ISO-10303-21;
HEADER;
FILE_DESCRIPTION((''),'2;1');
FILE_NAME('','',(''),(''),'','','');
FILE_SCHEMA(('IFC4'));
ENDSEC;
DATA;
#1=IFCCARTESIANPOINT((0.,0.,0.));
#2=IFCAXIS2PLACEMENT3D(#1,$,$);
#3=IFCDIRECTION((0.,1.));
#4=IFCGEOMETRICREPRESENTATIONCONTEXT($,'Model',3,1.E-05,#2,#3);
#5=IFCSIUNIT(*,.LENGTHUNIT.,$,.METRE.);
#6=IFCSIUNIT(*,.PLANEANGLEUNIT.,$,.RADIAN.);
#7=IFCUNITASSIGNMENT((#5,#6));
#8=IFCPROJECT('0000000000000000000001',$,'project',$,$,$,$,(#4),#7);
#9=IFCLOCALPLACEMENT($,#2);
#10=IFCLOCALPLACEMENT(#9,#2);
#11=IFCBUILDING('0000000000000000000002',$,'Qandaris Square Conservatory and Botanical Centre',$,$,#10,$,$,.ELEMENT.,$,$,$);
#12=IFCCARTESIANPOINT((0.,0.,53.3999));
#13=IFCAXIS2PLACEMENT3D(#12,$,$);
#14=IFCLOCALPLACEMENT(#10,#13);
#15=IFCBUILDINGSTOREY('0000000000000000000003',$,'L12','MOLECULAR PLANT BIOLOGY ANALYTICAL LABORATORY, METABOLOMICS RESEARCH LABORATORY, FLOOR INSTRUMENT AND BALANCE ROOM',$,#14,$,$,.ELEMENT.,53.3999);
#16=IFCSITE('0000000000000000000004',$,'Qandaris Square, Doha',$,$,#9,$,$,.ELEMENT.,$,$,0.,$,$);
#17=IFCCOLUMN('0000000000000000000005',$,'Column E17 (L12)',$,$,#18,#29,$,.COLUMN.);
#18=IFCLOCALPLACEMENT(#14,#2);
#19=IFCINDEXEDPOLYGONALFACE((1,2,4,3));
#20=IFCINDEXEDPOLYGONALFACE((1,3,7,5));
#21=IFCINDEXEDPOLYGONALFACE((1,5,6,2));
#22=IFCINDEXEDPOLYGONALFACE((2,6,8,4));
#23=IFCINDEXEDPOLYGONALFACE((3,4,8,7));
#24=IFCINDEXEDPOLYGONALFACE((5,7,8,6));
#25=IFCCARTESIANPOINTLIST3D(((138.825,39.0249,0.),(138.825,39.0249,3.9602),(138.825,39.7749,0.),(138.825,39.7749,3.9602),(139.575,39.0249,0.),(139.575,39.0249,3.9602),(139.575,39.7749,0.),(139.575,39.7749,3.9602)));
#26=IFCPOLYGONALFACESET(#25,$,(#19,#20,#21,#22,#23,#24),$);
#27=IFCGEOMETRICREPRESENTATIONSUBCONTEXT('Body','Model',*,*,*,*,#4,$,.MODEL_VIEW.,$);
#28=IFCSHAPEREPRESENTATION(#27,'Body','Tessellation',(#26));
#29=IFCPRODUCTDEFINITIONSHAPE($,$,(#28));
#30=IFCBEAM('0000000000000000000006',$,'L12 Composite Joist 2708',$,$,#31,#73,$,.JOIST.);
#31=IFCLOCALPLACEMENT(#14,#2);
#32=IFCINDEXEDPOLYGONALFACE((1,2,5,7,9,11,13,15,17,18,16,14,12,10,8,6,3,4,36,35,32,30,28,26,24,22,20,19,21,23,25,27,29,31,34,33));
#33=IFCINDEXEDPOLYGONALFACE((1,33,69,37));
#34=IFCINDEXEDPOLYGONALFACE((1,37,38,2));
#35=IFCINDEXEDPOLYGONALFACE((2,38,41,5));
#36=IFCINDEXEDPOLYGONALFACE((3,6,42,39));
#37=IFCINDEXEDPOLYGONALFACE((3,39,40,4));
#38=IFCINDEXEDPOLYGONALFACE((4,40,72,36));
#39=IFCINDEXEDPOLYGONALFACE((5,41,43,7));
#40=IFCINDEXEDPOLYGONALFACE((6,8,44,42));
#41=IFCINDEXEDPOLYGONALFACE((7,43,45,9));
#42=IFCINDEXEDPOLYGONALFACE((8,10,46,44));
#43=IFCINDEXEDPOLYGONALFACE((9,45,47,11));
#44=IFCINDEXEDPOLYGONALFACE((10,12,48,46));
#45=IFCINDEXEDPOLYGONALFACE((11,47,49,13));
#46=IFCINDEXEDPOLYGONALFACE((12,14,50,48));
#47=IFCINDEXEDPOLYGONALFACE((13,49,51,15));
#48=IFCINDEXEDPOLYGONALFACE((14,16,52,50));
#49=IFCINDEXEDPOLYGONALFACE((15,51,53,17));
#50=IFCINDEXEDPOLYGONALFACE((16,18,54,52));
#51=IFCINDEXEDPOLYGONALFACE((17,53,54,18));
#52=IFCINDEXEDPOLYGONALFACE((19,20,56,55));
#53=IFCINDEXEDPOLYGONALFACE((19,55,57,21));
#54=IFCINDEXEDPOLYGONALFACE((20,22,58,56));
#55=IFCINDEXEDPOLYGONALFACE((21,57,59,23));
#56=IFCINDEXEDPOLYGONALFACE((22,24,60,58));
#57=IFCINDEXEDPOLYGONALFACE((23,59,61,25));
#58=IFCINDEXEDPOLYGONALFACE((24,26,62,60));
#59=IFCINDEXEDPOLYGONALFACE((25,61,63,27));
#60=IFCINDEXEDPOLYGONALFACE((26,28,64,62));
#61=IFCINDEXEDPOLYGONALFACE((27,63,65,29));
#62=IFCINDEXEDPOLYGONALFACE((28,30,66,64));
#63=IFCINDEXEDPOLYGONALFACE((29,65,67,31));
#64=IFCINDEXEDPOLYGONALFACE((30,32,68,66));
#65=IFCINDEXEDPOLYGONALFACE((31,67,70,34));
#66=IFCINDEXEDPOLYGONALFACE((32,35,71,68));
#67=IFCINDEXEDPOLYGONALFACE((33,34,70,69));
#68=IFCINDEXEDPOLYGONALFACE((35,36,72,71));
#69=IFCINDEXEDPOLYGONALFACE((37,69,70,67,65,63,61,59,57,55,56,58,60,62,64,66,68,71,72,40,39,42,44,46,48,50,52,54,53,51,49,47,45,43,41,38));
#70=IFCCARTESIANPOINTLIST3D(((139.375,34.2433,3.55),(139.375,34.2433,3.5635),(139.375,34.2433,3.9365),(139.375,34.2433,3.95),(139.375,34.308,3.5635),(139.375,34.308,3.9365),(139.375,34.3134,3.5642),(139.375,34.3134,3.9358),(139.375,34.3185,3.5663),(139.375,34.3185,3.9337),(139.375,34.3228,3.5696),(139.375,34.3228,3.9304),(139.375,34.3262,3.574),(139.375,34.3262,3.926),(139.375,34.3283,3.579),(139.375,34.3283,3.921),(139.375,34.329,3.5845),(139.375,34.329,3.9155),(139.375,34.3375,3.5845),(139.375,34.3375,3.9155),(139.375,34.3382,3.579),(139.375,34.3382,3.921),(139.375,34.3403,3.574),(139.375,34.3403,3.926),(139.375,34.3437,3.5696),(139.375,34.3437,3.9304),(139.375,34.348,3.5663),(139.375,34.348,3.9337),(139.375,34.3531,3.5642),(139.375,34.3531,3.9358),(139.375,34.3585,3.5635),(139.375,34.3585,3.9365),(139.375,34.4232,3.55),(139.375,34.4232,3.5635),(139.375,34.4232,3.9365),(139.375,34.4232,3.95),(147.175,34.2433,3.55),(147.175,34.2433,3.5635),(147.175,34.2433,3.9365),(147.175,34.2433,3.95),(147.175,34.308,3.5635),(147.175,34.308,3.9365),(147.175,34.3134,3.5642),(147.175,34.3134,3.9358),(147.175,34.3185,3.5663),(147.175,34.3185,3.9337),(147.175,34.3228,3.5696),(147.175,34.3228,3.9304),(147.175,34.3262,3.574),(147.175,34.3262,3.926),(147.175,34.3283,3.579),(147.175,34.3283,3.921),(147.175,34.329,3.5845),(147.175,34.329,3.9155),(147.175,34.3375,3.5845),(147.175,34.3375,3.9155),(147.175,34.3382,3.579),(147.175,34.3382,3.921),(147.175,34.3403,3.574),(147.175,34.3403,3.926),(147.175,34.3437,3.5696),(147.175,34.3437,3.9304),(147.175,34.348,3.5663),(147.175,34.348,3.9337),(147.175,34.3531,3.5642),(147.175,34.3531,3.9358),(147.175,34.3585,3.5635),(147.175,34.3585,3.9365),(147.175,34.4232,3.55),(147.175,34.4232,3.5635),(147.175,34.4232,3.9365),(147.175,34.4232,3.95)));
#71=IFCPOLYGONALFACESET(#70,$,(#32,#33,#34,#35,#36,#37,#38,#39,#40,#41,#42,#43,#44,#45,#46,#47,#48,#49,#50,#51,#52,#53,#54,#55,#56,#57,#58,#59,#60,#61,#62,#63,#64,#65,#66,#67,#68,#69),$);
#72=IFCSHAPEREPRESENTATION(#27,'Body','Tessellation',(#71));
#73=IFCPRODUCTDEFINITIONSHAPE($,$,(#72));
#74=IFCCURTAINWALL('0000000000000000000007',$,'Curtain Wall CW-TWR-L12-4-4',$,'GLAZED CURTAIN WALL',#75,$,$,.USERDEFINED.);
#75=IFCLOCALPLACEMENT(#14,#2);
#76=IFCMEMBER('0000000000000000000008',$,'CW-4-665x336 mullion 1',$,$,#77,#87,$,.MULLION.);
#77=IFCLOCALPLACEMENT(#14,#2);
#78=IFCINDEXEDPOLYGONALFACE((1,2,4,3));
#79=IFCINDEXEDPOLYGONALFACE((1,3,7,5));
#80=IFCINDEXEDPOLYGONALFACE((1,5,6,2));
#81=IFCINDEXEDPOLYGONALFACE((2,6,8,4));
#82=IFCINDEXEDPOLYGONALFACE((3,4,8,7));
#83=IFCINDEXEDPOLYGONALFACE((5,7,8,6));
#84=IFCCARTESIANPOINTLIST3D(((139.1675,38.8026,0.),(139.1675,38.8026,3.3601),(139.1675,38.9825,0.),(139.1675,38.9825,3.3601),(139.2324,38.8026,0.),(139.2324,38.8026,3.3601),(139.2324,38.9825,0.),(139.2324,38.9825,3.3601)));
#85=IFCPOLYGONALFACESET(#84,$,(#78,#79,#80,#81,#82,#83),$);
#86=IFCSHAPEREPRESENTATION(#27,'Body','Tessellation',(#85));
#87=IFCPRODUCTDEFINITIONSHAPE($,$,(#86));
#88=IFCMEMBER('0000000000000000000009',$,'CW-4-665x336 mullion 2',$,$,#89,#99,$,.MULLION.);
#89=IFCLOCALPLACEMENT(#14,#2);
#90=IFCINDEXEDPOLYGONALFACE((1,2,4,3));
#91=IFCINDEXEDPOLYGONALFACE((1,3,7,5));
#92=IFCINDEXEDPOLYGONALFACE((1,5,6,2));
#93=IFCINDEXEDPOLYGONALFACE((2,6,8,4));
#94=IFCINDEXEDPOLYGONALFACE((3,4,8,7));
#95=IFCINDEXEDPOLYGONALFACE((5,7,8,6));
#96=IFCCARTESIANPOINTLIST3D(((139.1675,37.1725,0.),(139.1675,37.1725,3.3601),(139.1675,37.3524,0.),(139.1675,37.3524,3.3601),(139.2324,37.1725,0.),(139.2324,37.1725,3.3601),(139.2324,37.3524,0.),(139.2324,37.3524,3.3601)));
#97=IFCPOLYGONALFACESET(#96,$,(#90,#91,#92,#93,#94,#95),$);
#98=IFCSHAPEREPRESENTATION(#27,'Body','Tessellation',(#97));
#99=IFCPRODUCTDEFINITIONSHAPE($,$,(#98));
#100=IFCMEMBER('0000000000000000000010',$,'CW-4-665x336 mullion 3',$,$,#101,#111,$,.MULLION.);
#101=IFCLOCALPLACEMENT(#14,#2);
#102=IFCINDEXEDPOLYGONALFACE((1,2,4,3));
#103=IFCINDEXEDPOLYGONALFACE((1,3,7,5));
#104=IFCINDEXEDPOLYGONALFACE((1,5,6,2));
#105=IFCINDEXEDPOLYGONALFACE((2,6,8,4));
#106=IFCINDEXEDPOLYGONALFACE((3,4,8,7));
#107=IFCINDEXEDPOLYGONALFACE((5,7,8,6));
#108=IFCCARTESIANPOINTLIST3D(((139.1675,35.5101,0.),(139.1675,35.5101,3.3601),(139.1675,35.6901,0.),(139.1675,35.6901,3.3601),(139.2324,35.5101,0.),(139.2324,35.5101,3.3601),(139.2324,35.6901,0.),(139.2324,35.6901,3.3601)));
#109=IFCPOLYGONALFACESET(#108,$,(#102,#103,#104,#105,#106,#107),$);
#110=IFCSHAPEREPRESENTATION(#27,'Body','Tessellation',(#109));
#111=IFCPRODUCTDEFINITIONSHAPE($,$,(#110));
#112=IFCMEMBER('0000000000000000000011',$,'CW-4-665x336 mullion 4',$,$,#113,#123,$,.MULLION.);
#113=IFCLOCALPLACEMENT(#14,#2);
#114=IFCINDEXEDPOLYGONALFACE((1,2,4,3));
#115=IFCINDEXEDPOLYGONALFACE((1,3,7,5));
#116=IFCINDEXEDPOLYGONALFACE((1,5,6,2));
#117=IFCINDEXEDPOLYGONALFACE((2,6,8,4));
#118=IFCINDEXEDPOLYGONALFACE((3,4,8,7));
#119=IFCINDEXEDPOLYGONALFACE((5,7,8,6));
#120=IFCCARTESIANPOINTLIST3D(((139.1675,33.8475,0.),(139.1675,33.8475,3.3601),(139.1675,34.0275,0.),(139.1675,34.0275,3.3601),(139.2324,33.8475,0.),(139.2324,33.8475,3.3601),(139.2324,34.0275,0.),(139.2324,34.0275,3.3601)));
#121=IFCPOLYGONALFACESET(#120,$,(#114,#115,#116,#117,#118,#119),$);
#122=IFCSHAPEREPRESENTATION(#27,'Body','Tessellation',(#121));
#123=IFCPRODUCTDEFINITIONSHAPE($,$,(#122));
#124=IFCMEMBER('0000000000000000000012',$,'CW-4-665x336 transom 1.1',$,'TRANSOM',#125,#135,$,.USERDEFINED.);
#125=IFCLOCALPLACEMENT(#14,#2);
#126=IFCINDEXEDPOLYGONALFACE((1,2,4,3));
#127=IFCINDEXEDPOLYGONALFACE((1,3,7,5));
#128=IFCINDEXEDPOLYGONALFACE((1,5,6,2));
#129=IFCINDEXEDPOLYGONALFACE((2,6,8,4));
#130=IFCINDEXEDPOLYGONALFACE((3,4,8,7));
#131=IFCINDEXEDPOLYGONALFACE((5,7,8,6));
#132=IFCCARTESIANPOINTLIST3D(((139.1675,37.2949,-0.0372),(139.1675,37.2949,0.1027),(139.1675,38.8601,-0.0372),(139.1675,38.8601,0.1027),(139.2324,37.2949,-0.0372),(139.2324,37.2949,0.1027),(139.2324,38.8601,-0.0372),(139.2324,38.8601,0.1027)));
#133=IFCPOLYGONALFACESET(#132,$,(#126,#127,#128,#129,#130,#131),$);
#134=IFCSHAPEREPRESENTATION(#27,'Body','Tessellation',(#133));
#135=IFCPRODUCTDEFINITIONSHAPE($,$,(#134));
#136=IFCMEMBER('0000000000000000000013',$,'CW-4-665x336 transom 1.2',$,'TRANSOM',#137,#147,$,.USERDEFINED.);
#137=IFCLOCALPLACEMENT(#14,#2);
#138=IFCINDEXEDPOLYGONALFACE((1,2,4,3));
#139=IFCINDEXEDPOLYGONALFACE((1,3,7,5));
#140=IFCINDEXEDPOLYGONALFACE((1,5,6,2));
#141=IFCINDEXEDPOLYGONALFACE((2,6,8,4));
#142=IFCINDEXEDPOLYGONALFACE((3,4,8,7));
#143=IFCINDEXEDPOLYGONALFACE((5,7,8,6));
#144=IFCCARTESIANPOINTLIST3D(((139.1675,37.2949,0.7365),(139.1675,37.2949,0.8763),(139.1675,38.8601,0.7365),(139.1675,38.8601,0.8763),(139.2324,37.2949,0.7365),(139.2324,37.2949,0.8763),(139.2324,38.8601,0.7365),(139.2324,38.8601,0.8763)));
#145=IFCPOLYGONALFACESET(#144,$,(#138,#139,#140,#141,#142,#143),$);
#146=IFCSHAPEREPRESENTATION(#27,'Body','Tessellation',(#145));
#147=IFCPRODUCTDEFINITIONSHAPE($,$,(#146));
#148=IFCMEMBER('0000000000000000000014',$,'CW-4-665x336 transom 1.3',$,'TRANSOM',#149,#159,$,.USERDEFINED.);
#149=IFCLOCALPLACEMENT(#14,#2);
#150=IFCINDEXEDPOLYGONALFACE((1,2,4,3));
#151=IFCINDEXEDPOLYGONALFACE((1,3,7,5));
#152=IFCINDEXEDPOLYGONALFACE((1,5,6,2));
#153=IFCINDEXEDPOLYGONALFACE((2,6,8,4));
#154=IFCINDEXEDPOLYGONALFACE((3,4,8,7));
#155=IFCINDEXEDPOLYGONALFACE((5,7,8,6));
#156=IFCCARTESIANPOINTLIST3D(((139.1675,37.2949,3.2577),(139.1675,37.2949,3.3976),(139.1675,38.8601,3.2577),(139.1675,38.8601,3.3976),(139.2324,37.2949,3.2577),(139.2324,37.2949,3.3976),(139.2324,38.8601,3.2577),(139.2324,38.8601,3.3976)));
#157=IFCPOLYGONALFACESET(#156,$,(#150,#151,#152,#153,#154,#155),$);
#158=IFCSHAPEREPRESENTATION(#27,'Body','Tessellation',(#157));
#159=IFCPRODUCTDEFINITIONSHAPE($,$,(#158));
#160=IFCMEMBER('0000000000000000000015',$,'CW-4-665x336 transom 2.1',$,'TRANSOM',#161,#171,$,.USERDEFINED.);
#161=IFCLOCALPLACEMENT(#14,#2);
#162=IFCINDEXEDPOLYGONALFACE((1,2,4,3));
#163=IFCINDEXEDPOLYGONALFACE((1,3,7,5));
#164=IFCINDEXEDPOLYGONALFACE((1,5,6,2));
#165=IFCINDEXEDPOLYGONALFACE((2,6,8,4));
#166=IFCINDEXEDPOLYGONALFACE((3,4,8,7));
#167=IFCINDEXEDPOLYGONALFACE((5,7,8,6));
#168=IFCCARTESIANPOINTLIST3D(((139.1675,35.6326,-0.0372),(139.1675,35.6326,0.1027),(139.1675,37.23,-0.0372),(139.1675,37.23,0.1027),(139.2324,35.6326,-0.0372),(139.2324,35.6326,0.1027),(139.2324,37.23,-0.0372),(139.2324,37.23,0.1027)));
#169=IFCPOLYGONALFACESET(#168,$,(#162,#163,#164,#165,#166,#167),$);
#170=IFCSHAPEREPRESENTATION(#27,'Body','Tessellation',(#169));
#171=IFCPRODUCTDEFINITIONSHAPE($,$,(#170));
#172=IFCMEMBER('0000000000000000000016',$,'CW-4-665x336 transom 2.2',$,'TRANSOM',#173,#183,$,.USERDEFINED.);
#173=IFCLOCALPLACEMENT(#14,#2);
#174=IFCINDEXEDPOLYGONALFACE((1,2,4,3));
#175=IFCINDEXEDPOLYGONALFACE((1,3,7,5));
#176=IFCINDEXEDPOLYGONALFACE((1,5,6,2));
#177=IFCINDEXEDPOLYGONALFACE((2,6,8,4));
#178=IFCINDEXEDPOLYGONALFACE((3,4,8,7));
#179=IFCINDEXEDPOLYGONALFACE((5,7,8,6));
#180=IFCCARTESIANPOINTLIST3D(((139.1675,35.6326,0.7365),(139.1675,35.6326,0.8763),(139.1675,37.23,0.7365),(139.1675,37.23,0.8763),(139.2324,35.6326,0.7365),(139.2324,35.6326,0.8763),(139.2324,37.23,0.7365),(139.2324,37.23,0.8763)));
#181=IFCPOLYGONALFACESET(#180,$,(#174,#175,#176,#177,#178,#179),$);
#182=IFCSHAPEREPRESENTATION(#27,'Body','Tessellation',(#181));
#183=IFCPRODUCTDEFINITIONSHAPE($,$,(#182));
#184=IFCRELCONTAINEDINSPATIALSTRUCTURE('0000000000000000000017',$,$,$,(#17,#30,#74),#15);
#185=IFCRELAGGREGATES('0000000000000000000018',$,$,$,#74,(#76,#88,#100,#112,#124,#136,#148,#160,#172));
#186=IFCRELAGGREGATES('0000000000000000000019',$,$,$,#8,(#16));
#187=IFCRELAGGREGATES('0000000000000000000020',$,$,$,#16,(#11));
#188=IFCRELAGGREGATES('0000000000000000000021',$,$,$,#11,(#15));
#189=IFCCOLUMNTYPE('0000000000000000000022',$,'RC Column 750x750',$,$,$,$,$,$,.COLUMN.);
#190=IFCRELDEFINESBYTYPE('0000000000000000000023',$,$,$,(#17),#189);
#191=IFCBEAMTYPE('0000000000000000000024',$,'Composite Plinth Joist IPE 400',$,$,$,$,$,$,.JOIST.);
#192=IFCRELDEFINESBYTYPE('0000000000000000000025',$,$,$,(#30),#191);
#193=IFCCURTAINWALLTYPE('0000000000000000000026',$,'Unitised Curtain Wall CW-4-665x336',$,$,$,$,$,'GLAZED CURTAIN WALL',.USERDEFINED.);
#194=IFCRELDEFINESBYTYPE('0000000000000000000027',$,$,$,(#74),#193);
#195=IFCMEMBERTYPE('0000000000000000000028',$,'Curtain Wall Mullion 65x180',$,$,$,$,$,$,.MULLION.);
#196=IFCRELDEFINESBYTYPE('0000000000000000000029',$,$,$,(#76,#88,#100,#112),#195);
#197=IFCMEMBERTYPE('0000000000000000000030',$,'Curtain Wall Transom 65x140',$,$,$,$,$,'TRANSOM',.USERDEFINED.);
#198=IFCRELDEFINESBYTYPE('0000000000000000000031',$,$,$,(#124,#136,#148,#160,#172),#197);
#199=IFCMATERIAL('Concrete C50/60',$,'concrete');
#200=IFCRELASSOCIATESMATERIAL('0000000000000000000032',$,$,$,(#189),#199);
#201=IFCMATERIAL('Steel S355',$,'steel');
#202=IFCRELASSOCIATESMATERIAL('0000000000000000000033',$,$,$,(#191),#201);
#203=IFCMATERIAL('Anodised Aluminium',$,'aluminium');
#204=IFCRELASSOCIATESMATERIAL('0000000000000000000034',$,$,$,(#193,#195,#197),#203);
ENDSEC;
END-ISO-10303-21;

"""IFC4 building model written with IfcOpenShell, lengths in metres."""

from ifc_helpers import new_model, si_unit, direction, frame, origin, origin_2d, place, context, subcontext, project, spatial, rectangle, i_section, extrude, material, material_profile, profile_set, type_object, element, aggregate, save


model = new_model("IFC4")

# Units and contexts
model_context = context("Model", 3, precision=1e-05, world=origin(), true_north=direction((0.0, 1.0)))
body_context = subcontext(model_context, "Body", "Model", "MODEL_VIEW")
ifc_project = project(units=[si_unit("LENGTHUNIT", "METRE"), si_unit("PLANEANGLEUNIT", "RADIAN")], contexts=[model_context])

# Site, building, storey
site_placement = place(None, origin())
site = spatial("IfcSite", under=ifc_project, at=site_placement, Name="Qandaris Square, Doha", CompositionType="ELEMENT", RefElevation=0.0)
building_placement = place(site_placement, origin())
building = spatial("IfcBuilding", under=site, at=building_placement, Name="Qandaris Square Conservatory and Botanical Centre", CompositionType="ELEMENT")
storey_placement = place(building_placement, frame((0.0, 0.0, 53.3999)))
storey = spatial("IfcBuildingStorey", under=building, at=storey_placement, Name="L12", Description="MOLECULAR PLANT BIOLOGY ANALYTICAL LABORATORY, METABOLOMICS RESEARCH LABORATORY, FLOOR INSTRUMENT AND BALANCE ROOM", CompositionType="ELEMENT", Elevation=53.3999)

# Column
ifc_material_1 = material(Name="Concrete C50/60", Category="concrete")
ifc_material_profile_1 = material_profile(ifc_material_1, rectangle(XDim=0.75, YDim=0.75, at=origin_2d()), Name="RC-COL 750x750")
ifc_profile_set_1 = profile_set([ifc_material_profile_1], Name="Concrete C50/60")
column_type = type_object("IfcColumnType", Name="RC Column 750x750", PredefinedType="COLUMN", material=ifc_profile_set_1)
column_placement = place(storey_placement, frame((139.2, 39.3999, 0.0), z_axis=(0.0, 0.0, 1.0), x_axis=(1.0, 0.0, 0.0)))
element("IfcColumn", 1, at=column_placement, inside=storey, type_object=column_type, Name="Column E17 (L12)", PredefinedType="COLUMN", context=body_context, shape_type="SweptSolid", body=[
    extrude(rectangle(XDim=0.75, YDim=0.75, at=origin_2d()), origin(), (0.0, 0.0, 1.0), 3.9602),
])

# Beam
ifc_material_2 = material(Name="Steel S355", Category="steel")
ifc_material_profile_2 = material_profile(ifc_material_2, i_section(OverallWidth=0.1799, OverallDepth=0.3999, WebThickness=0.0085, FlangeThickness=0.0134, FilletRadius=0.021, at=origin_2d()), Name="IPE 400")
ifc_profile_set_2 = profile_set([ifc_material_profile_2], Name="Steel S355")
beam_type_1 = type_object("IfcBeamType", Name="Composite Plinth Joist IPE 400", PredefinedType="JOIST", material=ifc_profile_set_2)
beam_1_placement = place(storey_placement, frame((139.375, 34.3333, 3.75), z_axis=(1.0, 0.0, 0.0), x_axis=(0.0, 1.0, 0.0)))
element("IfcBeam", 2, at=beam_1_placement, inside=storey, type_object=beam_type_1, Name="L12 Composite Joist 2708", PredefinedType="JOIST", context=body_context, shape_type="SweptSolid", body=[
    extrude(i_section(OverallWidth=0.1799, OverallDepth=0.3999, WebThickness=0.0085, FlangeThickness=0.0134, FilletRadius=0.021, at=origin_2d()), origin(), (0.0, 0.0, 1.0), 7.8),
])

# Curtain wall, members
ifc_material_3 = material(Name="Anodised Aluminium", Category="aluminium")
curtain_wall_type = type_object("IfcCurtainWallType", Name="Unitised Curtain Wall CW-4-665x336", ElementType="GLAZED CURTAIN WALL", PredefinedType="USERDEFINED", material=ifc_material_3)
curtain_wall_placement = place(storey_placement, origin())
curtain_wall = element("IfcCurtainWall", 3, at=curtain_wall_placement, inside=storey, type_object=curtain_wall_type, Name="Curtain Wall CW-TWR-L12-4-4", ObjectType="GLAZED CURTAIN WALL", PredefinedType="USERDEFINED")
ifc_material_profile_3 = material_profile(ifc_material_3, rectangle(XDim=0.0649, YDim=0.1799, at=origin_2d()), Name="ALU-MUL 65x180")
ifc_profile_set_3 = profile_set([ifc_material_profile_3], Name="Anodised Aluminium")
member_type_1 = type_object("IfcMemberType", Name="Curtain Wall Mullion 65x180", PredefinedType="MULLION", material=ifc_profile_set_3)
member_1_placement = place(storey_placement, frame((139.2, 38.8926, 0.0), z_axis=(0.0, 0.0, 1.0), x_axis=(1.0, 0.0, 0.0)))
member_1 = element("IfcMember", 4, at=member_1_placement, type_object=member_type_1, Name="CW-4-665x336 mullion 1", PredefinedType="MULLION", context=body_context, shape_type="SweptSolid", body=[
    extrude(rectangle(XDim=0.0649, YDim=0.1799, at=origin_2d()), origin(), (0.0, 0.0, 1.0), 3.3601),
])
member_2_placement = place(storey_placement, frame((139.2, 37.2625, 0.0), z_axis=(0.0, 0.0, 1.0), x_axis=(1.0, 0.0, 0.0)))
member_2 = element("IfcMember", 5, at=member_2_placement, type_object=member_type_1, Name="CW-4-665x336 mullion 2", PredefinedType="MULLION", context=body_context, shape_type="SweptSolid", body=[
    extrude(rectangle(XDim=0.0649, YDim=0.1799, at=origin_2d()), origin(), (0.0, 0.0, 1.0), 3.3601),
])
member_3_placement = place(storey_placement, frame((139.2, 35.6001, 0.0), z_axis=(0.0, 0.0, 1.0), x_axis=(1.0, 0.0, 0.0)))
member_3 = element("IfcMember", 6, at=member_3_placement, type_object=member_type_1, Name="CW-4-665x336 mullion 3", PredefinedType="MULLION", context=body_context, shape_type="SweptSolid", body=[
    extrude(rectangle(XDim=0.0649, YDim=0.1799, at=origin_2d()), origin(), (0.0, 0.0, 1.0), 3.3601),
])
member_4_placement = place(storey_placement, frame((139.2, 33.9375, 0.0), z_axis=(0.0, 0.0, 1.0), x_axis=(1.0, 0.0, 0.0)))
member_4 = element("IfcMember", 7, at=member_4_placement, type_object=member_type_1, Name="CW-4-665x336 mullion 4", PredefinedType="MULLION", context=body_context, shape_type="SweptSolid", body=[
    extrude(rectangle(XDim=0.0649, YDim=0.1799, at=origin_2d()), origin(), (0.0, 0.0, 1.0), 3.3601),
])
ifc_material_profile_4 = material_profile(ifc_material_3, rectangle(XDim=0.0649, YDim=0.1399, at=origin_2d()), Name="ALU-TRN 65x140")
ifc_profile_set_4 = profile_set([ifc_material_profile_4], Name="Anodised Aluminium")
member_type_2 = type_object("IfcMemberType", Name="Curtain Wall Transom 65x140", ElementType="TRANSOM", PredefinedType="USERDEFINED", material=ifc_profile_set_4)
member_5_placement = place(storey_placement, frame((139.2, 38.8601, 0.0327), z_axis=(0.0, -1.0, 0.0), x_axis=(1.0, 0.0, 0.0)))
member_5 = element("IfcMember", 8, at=member_5_placement, type_object=member_type_2, Name="CW-4-665x336 transom 1.1", ObjectType="TRANSOM", PredefinedType="USERDEFINED", context=body_context, shape_type="SweptSolid", body=[
    extrude(rectangle(XDim=0.0649, YDim=0.1399, at=origin_2d()), origin(), (0.0, 0.0, 1.0), 1.5652),
])
member_6_placement = place(storey_placement, frame((139.2, 38.8601, 0.8064), z_axis=(0.0, -1.0, 0.0), x_axis=(1.0, 0.0, 0.0)))
member_6 = element("IfcMember", 9, at=member_6_placement, type_object=member_type_2, Name="CW-4-665x336 transom 1.2", ObjectType="TRANSOM", PredefinedType="USERDEFINED", context=body_context, shape_type="SweptSolid", body=[
    extrude(rectangle(XDim=0.0649, YDim=0.1399, at=origin_2d()), origin(), (0.0, 0.0, 1.0), 1.5652),
])
member_7_placement = place(storey_placement, frame((139.2, 38.8601, 3.3276), z_axis=(0.0, -1.0, 0.0), x_axis=(1.0, 0.0, 0.0)))
member_7 = element("IfcMember", 10, at=member_7_placement, type_object=member_type_2, Name="CW-4-665x336 transom 1.3", ObjectType="TRANSOM", PredefinedType="USERDEFINED", context=body_context, shape_type="SweptSolid", body=[
    extrude(rectangle(XDim=0.0649, YDim=0.1399, at=origin_2d()), origin(), (0.0, 0.0, 1.0), 1.5652),
])
member_8_placement = place(storey_placement, frame((139.2, 37.23, 0.0327), z_axis=(0.0, -1.0, 0.0), x_axis=(1.0, 0.0, 0.0)))
member_8 = element("IfcMember", 11, at=member_8_placement, type_object=member_type_2, Name="CW-4-665x336 transom 2.1", ObjectType="TRANSOM", PredefinedType="USERDEFINED", context=body_context, shape_type="SweptSolid", body=[
    extrude(rectangle(XDim=0.0649, YDim=0.1399, at=origin_2d()), origin(), (0.0, 0.0, 1.0), 1.5974),
])
member_9_placement = place(storey_placement, frame((139.2, 37.23, 0.8064), z_axis=(0.0, -1.0, 0.0), x_axis=(1.0, 0.0, 0.0)))
member_9 = element("IfcMember", 12, at=member_9_placement, type_object=member_type_2, Name="CW-4-665x336 transom 2.2", ObjectType="TRANSOM", PredefinedType="USERDEFINED", context=body_context, shape_type="SweptSolid", body=[
    extrude(rectangle(XDim=0.0649, YDim=0.1399, at=origin_2d()), origin(), (0.0, 0.0, 1.0), 1.5974),
])

aggregate(curtain_wall, [member_1, member_2, member_3, member_4, member_5, member_6, member_7, member_8, member_9])

save(model, "model.ifc")
